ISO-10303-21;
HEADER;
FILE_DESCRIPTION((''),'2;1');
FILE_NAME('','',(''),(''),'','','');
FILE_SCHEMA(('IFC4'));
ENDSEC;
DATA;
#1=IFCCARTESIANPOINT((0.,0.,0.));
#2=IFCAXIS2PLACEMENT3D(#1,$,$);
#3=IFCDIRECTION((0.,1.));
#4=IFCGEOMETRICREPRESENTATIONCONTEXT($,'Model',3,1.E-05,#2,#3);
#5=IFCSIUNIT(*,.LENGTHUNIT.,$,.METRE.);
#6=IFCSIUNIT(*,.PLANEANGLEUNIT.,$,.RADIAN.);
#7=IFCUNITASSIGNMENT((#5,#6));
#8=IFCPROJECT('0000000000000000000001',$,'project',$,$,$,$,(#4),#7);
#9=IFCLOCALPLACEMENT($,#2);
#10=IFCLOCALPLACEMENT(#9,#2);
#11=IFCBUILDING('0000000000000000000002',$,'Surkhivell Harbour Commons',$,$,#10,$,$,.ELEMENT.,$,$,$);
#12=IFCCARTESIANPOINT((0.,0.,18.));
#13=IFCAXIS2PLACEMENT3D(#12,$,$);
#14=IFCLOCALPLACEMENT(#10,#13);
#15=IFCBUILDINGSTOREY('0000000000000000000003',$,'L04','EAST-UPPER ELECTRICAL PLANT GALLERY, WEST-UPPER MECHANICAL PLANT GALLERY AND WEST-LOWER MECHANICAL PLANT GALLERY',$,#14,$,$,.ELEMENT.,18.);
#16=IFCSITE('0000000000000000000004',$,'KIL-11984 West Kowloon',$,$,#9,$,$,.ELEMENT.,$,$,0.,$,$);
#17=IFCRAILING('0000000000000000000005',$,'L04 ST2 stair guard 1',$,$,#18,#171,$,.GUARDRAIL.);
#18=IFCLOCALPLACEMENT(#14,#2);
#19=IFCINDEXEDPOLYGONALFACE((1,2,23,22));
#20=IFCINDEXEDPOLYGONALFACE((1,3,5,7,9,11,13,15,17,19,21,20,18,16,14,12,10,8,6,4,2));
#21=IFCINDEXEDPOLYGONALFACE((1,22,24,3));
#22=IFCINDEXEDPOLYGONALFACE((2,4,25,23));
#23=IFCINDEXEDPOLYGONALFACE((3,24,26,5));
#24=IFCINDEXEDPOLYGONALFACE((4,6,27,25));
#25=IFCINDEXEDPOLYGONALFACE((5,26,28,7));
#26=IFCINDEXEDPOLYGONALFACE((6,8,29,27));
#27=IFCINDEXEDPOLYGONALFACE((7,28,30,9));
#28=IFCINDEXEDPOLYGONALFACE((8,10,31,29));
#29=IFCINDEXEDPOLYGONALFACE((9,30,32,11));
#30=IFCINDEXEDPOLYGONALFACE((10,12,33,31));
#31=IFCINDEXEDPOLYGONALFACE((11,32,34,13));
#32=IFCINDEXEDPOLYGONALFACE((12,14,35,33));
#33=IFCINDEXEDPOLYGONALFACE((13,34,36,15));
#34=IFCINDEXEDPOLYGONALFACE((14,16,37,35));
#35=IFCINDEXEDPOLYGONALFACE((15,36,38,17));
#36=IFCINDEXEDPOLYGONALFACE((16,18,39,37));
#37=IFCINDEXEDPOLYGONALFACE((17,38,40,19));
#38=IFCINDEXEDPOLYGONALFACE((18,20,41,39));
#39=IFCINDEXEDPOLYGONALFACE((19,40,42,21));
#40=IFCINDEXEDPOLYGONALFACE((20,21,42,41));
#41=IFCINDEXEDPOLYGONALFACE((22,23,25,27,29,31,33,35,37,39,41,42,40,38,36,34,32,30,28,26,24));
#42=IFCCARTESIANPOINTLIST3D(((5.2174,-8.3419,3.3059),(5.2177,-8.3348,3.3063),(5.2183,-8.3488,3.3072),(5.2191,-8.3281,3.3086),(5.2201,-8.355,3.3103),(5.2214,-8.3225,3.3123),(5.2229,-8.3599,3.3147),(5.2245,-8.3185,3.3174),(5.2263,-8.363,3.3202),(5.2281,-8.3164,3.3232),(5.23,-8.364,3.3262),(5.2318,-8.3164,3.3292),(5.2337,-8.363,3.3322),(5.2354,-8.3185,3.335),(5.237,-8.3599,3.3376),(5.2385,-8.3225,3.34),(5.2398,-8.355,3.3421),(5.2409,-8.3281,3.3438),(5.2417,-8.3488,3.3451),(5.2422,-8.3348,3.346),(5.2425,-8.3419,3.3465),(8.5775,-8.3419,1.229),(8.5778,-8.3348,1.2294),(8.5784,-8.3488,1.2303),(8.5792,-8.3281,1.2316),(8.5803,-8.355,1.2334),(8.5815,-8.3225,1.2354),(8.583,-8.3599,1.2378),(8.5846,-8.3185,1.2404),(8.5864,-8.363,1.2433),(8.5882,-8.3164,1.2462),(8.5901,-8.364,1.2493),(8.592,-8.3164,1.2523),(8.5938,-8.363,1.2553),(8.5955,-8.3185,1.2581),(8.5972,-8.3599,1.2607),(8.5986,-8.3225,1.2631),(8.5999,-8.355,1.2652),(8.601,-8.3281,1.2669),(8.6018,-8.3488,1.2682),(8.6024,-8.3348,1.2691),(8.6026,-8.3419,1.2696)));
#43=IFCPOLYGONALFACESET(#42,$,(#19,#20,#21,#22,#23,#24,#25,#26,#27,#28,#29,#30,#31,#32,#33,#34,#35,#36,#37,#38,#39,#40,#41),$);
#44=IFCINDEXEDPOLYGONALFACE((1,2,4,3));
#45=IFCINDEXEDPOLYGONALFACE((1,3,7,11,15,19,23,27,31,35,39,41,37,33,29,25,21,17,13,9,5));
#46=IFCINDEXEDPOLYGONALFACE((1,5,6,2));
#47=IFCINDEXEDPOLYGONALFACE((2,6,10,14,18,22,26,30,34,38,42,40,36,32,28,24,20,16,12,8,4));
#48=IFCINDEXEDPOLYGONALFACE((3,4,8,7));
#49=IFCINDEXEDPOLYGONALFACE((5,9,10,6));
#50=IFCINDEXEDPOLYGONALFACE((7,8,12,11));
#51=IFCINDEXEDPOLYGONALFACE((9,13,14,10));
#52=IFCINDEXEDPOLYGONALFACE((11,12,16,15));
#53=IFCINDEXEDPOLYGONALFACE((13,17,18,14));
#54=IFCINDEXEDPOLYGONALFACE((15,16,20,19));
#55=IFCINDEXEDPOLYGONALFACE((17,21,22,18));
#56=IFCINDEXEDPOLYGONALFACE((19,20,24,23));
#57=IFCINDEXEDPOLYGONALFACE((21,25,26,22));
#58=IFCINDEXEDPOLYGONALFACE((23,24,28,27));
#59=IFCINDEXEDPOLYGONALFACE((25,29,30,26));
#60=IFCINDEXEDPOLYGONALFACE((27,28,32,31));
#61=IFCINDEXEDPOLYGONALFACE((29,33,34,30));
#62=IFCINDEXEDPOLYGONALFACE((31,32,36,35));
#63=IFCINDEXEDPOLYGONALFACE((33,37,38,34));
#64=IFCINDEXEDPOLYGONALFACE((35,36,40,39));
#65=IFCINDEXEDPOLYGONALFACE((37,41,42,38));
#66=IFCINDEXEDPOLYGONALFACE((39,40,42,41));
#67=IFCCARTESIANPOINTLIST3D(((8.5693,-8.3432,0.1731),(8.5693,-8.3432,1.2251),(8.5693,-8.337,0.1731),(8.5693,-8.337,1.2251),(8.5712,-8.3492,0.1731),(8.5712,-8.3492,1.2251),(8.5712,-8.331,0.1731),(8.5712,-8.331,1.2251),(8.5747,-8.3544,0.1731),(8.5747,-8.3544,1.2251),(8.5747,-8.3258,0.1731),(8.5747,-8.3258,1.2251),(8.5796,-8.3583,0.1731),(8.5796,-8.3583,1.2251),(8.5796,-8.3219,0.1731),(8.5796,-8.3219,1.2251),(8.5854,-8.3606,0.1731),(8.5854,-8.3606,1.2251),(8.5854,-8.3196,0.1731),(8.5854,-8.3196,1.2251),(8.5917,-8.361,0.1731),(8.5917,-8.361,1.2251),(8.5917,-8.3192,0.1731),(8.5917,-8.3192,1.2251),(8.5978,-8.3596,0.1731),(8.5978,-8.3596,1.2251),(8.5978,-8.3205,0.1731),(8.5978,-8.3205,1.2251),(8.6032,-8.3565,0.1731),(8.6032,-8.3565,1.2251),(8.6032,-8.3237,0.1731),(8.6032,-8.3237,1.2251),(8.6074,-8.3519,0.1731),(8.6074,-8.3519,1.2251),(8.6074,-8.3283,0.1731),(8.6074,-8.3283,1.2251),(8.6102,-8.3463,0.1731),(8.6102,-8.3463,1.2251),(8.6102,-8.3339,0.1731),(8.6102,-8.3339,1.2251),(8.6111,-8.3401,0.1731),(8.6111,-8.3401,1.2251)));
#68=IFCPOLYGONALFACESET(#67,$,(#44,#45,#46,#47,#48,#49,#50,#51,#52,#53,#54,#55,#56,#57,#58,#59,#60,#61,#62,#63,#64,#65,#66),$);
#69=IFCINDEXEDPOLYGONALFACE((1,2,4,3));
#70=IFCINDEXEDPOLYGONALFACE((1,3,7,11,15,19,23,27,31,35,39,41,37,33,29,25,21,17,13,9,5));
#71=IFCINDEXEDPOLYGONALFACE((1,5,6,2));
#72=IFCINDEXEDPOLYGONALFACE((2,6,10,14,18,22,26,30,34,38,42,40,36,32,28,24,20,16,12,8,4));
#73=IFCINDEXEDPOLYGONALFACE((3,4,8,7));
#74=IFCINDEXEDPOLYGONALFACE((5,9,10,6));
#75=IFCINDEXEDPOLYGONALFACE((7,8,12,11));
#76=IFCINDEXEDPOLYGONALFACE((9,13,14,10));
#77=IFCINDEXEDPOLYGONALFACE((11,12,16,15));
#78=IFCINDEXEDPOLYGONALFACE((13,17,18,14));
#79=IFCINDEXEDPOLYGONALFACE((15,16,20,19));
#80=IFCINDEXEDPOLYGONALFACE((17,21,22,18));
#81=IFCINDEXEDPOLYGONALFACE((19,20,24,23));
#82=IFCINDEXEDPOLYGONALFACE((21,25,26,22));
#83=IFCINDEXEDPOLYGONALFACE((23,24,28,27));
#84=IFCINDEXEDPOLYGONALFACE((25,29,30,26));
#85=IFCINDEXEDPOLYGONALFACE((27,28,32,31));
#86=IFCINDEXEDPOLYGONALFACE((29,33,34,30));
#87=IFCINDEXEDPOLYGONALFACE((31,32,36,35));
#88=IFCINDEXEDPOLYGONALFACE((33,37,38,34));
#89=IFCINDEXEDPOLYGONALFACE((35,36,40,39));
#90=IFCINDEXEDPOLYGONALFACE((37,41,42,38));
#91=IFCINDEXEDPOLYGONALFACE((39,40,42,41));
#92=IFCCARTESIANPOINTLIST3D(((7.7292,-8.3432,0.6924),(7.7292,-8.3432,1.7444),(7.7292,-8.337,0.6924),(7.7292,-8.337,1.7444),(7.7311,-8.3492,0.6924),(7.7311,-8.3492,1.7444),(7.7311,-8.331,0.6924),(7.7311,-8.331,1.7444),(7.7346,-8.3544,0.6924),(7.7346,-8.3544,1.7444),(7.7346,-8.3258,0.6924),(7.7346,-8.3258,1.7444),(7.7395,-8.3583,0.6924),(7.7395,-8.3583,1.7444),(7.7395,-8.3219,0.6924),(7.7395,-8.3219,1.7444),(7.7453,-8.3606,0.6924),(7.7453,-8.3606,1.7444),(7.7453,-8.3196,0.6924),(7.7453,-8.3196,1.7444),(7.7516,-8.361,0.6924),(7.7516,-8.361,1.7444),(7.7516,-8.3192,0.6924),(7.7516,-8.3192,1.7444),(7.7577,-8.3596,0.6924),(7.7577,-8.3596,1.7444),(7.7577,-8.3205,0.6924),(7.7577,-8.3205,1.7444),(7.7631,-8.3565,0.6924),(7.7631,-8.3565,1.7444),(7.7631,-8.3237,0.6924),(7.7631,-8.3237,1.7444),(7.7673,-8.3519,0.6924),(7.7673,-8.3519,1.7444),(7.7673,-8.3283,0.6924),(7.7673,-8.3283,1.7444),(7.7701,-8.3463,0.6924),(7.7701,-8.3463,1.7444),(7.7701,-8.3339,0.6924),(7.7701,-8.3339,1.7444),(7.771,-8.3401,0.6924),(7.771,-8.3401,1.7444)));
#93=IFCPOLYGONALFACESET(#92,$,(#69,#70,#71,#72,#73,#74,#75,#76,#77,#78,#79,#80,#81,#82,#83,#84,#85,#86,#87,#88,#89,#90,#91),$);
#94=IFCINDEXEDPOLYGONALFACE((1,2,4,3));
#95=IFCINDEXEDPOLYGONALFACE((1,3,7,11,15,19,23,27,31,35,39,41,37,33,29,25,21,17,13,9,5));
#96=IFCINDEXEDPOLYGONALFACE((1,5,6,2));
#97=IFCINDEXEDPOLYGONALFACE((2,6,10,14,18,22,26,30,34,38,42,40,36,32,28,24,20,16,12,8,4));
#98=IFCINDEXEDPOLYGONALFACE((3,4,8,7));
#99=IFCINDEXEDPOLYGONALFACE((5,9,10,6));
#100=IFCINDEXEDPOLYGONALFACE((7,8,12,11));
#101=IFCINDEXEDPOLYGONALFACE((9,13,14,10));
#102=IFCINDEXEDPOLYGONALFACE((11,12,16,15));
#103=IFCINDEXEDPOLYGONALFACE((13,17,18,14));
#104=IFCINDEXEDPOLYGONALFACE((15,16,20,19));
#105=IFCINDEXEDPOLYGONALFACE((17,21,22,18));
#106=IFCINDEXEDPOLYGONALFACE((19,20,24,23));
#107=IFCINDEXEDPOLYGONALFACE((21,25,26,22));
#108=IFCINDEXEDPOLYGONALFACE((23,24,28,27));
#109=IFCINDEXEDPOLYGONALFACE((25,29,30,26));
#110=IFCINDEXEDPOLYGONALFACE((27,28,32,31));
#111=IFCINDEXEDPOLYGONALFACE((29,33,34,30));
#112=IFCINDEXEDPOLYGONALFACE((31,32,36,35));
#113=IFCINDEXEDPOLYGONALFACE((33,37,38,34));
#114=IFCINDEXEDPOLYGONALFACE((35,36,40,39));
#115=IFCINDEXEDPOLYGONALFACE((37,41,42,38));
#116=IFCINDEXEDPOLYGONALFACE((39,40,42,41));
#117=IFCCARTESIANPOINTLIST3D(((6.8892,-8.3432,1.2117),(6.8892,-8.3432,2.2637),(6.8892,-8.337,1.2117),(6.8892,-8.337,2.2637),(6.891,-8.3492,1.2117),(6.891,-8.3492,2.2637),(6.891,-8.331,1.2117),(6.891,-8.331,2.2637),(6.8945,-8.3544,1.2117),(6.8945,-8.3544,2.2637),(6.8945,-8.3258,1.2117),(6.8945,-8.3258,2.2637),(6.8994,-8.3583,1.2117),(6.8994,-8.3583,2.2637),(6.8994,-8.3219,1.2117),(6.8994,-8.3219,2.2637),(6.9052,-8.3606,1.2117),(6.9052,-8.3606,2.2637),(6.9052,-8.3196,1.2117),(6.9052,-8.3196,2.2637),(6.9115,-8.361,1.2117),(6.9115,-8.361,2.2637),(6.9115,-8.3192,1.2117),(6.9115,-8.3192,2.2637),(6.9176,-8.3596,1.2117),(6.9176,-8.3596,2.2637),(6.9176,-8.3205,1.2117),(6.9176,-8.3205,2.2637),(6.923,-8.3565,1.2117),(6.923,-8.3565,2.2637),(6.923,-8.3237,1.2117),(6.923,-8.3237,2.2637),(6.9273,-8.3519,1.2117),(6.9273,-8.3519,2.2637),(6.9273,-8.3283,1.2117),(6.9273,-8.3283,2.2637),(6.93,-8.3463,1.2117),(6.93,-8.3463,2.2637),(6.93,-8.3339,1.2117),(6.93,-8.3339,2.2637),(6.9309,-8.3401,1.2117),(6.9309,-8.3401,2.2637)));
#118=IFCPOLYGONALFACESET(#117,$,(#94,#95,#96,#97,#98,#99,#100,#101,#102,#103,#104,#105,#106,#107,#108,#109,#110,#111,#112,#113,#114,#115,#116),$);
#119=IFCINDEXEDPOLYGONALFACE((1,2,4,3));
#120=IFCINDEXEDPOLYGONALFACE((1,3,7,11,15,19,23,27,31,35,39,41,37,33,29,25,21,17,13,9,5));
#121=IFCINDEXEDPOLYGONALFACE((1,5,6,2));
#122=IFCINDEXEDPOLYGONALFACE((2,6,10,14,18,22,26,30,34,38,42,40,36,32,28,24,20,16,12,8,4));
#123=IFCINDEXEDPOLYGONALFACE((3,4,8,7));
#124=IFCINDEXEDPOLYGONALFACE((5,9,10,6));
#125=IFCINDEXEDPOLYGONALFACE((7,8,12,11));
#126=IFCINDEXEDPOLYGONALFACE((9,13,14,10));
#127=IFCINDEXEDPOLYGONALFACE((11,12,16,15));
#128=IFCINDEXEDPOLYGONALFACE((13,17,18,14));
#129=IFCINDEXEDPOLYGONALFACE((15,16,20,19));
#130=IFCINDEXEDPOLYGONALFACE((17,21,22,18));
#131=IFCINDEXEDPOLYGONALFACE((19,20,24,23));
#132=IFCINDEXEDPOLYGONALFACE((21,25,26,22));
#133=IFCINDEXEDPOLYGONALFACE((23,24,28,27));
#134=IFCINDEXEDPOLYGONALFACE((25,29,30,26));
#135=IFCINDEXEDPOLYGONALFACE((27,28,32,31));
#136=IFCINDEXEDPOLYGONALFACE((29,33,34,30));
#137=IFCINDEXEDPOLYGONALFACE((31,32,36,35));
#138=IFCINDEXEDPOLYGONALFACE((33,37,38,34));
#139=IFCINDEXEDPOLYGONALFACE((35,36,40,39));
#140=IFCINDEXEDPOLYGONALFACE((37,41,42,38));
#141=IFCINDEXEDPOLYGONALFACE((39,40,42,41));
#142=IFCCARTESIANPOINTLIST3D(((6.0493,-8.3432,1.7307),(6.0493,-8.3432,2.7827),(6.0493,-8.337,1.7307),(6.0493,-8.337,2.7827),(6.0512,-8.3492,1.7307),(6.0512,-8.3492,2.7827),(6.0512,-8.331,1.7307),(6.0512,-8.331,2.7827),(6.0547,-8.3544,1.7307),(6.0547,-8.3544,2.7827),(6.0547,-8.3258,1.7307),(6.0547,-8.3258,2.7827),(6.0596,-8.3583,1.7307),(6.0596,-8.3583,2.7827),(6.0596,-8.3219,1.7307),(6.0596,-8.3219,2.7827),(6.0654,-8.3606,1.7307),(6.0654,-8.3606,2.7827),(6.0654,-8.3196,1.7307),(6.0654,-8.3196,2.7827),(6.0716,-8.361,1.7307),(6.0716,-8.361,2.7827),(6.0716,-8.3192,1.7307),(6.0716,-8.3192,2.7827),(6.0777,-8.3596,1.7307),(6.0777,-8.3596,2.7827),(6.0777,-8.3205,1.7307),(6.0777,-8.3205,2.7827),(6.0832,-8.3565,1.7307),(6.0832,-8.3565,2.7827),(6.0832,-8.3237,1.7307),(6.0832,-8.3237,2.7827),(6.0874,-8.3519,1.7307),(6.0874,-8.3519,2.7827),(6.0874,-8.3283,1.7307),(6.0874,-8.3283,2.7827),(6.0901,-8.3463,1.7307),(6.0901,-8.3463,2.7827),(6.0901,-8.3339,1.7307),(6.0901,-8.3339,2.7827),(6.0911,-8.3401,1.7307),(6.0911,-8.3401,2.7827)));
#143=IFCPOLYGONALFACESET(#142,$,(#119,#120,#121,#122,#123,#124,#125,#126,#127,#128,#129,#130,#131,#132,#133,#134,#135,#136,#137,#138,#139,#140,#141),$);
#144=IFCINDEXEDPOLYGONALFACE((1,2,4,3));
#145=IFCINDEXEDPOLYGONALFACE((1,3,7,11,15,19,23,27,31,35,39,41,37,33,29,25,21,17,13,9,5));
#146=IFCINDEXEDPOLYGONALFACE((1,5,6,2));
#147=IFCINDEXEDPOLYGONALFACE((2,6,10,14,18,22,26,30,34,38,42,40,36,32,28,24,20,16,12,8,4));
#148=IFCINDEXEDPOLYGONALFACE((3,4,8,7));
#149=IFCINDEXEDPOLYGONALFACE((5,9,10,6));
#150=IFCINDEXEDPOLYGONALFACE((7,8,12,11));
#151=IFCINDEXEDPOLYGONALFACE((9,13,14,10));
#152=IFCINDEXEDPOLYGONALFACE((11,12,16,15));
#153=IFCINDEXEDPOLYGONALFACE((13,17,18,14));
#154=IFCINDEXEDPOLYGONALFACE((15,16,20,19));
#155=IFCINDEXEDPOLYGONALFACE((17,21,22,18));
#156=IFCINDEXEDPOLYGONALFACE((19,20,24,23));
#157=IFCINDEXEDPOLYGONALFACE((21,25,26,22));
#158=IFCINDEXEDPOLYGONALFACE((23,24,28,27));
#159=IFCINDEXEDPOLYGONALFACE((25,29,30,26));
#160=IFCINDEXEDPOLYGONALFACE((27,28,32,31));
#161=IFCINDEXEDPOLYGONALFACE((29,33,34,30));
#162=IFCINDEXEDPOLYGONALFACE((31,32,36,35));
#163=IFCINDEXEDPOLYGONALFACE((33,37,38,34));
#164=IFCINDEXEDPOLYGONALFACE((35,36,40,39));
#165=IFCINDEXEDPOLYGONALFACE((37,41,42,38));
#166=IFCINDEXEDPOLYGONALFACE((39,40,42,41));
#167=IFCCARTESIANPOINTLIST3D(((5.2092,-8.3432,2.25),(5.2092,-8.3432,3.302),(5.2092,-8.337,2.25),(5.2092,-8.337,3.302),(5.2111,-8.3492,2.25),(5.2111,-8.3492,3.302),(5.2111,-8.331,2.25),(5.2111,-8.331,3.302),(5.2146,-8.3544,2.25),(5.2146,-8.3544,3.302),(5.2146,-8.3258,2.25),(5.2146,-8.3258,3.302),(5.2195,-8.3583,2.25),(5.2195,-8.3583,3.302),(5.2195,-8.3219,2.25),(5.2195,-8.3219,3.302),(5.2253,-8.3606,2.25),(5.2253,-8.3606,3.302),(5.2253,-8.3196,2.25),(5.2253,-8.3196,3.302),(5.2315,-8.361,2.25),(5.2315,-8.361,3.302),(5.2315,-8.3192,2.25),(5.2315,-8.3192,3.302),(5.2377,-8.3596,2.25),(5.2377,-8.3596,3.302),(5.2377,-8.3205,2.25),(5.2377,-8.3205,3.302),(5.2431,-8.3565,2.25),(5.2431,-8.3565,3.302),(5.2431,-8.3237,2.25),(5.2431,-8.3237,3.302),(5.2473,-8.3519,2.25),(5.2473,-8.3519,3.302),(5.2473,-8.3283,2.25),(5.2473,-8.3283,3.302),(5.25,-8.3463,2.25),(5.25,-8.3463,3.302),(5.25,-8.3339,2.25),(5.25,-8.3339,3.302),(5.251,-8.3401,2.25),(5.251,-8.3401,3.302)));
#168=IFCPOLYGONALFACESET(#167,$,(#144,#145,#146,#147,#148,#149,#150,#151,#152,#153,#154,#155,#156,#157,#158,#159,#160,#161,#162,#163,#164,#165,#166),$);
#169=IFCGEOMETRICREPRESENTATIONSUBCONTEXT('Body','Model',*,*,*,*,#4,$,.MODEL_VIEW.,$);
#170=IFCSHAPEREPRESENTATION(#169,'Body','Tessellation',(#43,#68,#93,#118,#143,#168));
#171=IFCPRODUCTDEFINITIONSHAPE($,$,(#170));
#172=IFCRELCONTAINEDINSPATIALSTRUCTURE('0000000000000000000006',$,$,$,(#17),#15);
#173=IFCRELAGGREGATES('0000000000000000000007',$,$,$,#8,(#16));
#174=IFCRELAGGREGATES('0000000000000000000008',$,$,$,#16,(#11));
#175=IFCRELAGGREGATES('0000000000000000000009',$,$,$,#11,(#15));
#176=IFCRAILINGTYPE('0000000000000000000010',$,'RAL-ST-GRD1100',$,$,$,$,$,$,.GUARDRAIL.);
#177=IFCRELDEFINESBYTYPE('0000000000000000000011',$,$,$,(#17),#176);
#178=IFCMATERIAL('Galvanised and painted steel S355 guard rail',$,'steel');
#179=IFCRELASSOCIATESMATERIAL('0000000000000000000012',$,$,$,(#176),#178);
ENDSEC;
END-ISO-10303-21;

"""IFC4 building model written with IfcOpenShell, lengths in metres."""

from ifc_helpers import new_model, si_unit, direction, frame, origin, origin_2d, place, context, subcontext, project, spatial, circle, extrude, material, type_object, element, save


model = new_model("IFC4")

# Units and contexts
model_context = context("Model", 3, precision=1e-05, world=origin(), true_north=direction((0.0, 1.0)))
body_context = subcontext(model_context, "Body", "Model", "MODEL_VIEW")
ifc_project = project(units=[si_unit("LENGTHUNIT", "METRE"), si_unit("PLANEANGLEUNIT", "RADIAN")], contexts=[model_context])

# Site, building, storey
site_placement = place(None, origin())
site = spatial("IfcSite", under=ifc_project, at=site_placement, Name="KIL-11984 West Kowloon", CompositionType="ELEMENT", RefElevation=0.0)
building_placement = place(site_placement, origin())
building = spatial("IfcBuilding", under=site, at=building_placement, Name="Surkhivell Harbour Commons", CompositionType="ELEMENT")
storey_placement = place(building_placement, frame((0.0, 0.0, 18.0)))
storey = spatial("IfcBuildingStorey", under=building, at=storey_placement, Name="L04", Description="EAST-UPPER ELECTRICAL PLANT GALLERY, WEST-UPPER MECHANICAL PLANT GALLERY AND WEST-LOWER MECHANICAL PLANT GALLERY", CompositionType="ELEMENT", Elevation=18.0)

# Railing
ifc_material_1 = material(Name="Galvanised and painted steel S355 guard rail", Category="steel")
railing_type_1 = type_object("IfcRailingType", Name="RAL-ST-GRD1100", PredefinedType="GUARDRAIL", material=ifc_material_1)
railing_1_placement = place(storey_placement, frame((8.5901, -8.3401, 0.1731)))
element("IfcRailing", 1, at=railing_1_placement, inside=storey, type_object=railing_type_1, Name="L04 ST2 stair guard 1", PredefinedType="GUARDRAIL", context=body_context, shape_type="SweptSolid", body=[
    extrude(circle(Radius=0.0239, at=origin_2d()), frame((0.0, 0.0, 1.0762), z_axis=(-0.850623, 0.0, 0.525776), x_axis=(0.0, -1.0, 0.0)), (0.0, 0.0, 1.0), 3.9502),
    extrude(circle(Radius=0.021, at=origin_2d()), origin(), (0.0, 0.0, 1.0), 1.052),
    extrude(circle(Radius=0.021, at=origin_2d()), frame((-0.8401, 0.0, 0.5193)), (0.0, 0.0, 1.0), 1.052),
    extrude(circle(Radius=0.021, at=origin_2d()), frame((-1.6802, 0.0, 1.0386)), (0.0, 0.0, 1.0), 1.052),
    extrude(circle(Radius=0.021, at=origin_2d()), frame((-2.52, 0.0, 1.5576)), (0.0, 0.0, 1.0), 1.052),
    extrude(circle(Radius=0.021, at=origin_2d()), frame((-3.3601, 0.0, 2.0769)), (0.0, 0.0, 1.0), 1.052),
])

save(model, "model.ifc")
